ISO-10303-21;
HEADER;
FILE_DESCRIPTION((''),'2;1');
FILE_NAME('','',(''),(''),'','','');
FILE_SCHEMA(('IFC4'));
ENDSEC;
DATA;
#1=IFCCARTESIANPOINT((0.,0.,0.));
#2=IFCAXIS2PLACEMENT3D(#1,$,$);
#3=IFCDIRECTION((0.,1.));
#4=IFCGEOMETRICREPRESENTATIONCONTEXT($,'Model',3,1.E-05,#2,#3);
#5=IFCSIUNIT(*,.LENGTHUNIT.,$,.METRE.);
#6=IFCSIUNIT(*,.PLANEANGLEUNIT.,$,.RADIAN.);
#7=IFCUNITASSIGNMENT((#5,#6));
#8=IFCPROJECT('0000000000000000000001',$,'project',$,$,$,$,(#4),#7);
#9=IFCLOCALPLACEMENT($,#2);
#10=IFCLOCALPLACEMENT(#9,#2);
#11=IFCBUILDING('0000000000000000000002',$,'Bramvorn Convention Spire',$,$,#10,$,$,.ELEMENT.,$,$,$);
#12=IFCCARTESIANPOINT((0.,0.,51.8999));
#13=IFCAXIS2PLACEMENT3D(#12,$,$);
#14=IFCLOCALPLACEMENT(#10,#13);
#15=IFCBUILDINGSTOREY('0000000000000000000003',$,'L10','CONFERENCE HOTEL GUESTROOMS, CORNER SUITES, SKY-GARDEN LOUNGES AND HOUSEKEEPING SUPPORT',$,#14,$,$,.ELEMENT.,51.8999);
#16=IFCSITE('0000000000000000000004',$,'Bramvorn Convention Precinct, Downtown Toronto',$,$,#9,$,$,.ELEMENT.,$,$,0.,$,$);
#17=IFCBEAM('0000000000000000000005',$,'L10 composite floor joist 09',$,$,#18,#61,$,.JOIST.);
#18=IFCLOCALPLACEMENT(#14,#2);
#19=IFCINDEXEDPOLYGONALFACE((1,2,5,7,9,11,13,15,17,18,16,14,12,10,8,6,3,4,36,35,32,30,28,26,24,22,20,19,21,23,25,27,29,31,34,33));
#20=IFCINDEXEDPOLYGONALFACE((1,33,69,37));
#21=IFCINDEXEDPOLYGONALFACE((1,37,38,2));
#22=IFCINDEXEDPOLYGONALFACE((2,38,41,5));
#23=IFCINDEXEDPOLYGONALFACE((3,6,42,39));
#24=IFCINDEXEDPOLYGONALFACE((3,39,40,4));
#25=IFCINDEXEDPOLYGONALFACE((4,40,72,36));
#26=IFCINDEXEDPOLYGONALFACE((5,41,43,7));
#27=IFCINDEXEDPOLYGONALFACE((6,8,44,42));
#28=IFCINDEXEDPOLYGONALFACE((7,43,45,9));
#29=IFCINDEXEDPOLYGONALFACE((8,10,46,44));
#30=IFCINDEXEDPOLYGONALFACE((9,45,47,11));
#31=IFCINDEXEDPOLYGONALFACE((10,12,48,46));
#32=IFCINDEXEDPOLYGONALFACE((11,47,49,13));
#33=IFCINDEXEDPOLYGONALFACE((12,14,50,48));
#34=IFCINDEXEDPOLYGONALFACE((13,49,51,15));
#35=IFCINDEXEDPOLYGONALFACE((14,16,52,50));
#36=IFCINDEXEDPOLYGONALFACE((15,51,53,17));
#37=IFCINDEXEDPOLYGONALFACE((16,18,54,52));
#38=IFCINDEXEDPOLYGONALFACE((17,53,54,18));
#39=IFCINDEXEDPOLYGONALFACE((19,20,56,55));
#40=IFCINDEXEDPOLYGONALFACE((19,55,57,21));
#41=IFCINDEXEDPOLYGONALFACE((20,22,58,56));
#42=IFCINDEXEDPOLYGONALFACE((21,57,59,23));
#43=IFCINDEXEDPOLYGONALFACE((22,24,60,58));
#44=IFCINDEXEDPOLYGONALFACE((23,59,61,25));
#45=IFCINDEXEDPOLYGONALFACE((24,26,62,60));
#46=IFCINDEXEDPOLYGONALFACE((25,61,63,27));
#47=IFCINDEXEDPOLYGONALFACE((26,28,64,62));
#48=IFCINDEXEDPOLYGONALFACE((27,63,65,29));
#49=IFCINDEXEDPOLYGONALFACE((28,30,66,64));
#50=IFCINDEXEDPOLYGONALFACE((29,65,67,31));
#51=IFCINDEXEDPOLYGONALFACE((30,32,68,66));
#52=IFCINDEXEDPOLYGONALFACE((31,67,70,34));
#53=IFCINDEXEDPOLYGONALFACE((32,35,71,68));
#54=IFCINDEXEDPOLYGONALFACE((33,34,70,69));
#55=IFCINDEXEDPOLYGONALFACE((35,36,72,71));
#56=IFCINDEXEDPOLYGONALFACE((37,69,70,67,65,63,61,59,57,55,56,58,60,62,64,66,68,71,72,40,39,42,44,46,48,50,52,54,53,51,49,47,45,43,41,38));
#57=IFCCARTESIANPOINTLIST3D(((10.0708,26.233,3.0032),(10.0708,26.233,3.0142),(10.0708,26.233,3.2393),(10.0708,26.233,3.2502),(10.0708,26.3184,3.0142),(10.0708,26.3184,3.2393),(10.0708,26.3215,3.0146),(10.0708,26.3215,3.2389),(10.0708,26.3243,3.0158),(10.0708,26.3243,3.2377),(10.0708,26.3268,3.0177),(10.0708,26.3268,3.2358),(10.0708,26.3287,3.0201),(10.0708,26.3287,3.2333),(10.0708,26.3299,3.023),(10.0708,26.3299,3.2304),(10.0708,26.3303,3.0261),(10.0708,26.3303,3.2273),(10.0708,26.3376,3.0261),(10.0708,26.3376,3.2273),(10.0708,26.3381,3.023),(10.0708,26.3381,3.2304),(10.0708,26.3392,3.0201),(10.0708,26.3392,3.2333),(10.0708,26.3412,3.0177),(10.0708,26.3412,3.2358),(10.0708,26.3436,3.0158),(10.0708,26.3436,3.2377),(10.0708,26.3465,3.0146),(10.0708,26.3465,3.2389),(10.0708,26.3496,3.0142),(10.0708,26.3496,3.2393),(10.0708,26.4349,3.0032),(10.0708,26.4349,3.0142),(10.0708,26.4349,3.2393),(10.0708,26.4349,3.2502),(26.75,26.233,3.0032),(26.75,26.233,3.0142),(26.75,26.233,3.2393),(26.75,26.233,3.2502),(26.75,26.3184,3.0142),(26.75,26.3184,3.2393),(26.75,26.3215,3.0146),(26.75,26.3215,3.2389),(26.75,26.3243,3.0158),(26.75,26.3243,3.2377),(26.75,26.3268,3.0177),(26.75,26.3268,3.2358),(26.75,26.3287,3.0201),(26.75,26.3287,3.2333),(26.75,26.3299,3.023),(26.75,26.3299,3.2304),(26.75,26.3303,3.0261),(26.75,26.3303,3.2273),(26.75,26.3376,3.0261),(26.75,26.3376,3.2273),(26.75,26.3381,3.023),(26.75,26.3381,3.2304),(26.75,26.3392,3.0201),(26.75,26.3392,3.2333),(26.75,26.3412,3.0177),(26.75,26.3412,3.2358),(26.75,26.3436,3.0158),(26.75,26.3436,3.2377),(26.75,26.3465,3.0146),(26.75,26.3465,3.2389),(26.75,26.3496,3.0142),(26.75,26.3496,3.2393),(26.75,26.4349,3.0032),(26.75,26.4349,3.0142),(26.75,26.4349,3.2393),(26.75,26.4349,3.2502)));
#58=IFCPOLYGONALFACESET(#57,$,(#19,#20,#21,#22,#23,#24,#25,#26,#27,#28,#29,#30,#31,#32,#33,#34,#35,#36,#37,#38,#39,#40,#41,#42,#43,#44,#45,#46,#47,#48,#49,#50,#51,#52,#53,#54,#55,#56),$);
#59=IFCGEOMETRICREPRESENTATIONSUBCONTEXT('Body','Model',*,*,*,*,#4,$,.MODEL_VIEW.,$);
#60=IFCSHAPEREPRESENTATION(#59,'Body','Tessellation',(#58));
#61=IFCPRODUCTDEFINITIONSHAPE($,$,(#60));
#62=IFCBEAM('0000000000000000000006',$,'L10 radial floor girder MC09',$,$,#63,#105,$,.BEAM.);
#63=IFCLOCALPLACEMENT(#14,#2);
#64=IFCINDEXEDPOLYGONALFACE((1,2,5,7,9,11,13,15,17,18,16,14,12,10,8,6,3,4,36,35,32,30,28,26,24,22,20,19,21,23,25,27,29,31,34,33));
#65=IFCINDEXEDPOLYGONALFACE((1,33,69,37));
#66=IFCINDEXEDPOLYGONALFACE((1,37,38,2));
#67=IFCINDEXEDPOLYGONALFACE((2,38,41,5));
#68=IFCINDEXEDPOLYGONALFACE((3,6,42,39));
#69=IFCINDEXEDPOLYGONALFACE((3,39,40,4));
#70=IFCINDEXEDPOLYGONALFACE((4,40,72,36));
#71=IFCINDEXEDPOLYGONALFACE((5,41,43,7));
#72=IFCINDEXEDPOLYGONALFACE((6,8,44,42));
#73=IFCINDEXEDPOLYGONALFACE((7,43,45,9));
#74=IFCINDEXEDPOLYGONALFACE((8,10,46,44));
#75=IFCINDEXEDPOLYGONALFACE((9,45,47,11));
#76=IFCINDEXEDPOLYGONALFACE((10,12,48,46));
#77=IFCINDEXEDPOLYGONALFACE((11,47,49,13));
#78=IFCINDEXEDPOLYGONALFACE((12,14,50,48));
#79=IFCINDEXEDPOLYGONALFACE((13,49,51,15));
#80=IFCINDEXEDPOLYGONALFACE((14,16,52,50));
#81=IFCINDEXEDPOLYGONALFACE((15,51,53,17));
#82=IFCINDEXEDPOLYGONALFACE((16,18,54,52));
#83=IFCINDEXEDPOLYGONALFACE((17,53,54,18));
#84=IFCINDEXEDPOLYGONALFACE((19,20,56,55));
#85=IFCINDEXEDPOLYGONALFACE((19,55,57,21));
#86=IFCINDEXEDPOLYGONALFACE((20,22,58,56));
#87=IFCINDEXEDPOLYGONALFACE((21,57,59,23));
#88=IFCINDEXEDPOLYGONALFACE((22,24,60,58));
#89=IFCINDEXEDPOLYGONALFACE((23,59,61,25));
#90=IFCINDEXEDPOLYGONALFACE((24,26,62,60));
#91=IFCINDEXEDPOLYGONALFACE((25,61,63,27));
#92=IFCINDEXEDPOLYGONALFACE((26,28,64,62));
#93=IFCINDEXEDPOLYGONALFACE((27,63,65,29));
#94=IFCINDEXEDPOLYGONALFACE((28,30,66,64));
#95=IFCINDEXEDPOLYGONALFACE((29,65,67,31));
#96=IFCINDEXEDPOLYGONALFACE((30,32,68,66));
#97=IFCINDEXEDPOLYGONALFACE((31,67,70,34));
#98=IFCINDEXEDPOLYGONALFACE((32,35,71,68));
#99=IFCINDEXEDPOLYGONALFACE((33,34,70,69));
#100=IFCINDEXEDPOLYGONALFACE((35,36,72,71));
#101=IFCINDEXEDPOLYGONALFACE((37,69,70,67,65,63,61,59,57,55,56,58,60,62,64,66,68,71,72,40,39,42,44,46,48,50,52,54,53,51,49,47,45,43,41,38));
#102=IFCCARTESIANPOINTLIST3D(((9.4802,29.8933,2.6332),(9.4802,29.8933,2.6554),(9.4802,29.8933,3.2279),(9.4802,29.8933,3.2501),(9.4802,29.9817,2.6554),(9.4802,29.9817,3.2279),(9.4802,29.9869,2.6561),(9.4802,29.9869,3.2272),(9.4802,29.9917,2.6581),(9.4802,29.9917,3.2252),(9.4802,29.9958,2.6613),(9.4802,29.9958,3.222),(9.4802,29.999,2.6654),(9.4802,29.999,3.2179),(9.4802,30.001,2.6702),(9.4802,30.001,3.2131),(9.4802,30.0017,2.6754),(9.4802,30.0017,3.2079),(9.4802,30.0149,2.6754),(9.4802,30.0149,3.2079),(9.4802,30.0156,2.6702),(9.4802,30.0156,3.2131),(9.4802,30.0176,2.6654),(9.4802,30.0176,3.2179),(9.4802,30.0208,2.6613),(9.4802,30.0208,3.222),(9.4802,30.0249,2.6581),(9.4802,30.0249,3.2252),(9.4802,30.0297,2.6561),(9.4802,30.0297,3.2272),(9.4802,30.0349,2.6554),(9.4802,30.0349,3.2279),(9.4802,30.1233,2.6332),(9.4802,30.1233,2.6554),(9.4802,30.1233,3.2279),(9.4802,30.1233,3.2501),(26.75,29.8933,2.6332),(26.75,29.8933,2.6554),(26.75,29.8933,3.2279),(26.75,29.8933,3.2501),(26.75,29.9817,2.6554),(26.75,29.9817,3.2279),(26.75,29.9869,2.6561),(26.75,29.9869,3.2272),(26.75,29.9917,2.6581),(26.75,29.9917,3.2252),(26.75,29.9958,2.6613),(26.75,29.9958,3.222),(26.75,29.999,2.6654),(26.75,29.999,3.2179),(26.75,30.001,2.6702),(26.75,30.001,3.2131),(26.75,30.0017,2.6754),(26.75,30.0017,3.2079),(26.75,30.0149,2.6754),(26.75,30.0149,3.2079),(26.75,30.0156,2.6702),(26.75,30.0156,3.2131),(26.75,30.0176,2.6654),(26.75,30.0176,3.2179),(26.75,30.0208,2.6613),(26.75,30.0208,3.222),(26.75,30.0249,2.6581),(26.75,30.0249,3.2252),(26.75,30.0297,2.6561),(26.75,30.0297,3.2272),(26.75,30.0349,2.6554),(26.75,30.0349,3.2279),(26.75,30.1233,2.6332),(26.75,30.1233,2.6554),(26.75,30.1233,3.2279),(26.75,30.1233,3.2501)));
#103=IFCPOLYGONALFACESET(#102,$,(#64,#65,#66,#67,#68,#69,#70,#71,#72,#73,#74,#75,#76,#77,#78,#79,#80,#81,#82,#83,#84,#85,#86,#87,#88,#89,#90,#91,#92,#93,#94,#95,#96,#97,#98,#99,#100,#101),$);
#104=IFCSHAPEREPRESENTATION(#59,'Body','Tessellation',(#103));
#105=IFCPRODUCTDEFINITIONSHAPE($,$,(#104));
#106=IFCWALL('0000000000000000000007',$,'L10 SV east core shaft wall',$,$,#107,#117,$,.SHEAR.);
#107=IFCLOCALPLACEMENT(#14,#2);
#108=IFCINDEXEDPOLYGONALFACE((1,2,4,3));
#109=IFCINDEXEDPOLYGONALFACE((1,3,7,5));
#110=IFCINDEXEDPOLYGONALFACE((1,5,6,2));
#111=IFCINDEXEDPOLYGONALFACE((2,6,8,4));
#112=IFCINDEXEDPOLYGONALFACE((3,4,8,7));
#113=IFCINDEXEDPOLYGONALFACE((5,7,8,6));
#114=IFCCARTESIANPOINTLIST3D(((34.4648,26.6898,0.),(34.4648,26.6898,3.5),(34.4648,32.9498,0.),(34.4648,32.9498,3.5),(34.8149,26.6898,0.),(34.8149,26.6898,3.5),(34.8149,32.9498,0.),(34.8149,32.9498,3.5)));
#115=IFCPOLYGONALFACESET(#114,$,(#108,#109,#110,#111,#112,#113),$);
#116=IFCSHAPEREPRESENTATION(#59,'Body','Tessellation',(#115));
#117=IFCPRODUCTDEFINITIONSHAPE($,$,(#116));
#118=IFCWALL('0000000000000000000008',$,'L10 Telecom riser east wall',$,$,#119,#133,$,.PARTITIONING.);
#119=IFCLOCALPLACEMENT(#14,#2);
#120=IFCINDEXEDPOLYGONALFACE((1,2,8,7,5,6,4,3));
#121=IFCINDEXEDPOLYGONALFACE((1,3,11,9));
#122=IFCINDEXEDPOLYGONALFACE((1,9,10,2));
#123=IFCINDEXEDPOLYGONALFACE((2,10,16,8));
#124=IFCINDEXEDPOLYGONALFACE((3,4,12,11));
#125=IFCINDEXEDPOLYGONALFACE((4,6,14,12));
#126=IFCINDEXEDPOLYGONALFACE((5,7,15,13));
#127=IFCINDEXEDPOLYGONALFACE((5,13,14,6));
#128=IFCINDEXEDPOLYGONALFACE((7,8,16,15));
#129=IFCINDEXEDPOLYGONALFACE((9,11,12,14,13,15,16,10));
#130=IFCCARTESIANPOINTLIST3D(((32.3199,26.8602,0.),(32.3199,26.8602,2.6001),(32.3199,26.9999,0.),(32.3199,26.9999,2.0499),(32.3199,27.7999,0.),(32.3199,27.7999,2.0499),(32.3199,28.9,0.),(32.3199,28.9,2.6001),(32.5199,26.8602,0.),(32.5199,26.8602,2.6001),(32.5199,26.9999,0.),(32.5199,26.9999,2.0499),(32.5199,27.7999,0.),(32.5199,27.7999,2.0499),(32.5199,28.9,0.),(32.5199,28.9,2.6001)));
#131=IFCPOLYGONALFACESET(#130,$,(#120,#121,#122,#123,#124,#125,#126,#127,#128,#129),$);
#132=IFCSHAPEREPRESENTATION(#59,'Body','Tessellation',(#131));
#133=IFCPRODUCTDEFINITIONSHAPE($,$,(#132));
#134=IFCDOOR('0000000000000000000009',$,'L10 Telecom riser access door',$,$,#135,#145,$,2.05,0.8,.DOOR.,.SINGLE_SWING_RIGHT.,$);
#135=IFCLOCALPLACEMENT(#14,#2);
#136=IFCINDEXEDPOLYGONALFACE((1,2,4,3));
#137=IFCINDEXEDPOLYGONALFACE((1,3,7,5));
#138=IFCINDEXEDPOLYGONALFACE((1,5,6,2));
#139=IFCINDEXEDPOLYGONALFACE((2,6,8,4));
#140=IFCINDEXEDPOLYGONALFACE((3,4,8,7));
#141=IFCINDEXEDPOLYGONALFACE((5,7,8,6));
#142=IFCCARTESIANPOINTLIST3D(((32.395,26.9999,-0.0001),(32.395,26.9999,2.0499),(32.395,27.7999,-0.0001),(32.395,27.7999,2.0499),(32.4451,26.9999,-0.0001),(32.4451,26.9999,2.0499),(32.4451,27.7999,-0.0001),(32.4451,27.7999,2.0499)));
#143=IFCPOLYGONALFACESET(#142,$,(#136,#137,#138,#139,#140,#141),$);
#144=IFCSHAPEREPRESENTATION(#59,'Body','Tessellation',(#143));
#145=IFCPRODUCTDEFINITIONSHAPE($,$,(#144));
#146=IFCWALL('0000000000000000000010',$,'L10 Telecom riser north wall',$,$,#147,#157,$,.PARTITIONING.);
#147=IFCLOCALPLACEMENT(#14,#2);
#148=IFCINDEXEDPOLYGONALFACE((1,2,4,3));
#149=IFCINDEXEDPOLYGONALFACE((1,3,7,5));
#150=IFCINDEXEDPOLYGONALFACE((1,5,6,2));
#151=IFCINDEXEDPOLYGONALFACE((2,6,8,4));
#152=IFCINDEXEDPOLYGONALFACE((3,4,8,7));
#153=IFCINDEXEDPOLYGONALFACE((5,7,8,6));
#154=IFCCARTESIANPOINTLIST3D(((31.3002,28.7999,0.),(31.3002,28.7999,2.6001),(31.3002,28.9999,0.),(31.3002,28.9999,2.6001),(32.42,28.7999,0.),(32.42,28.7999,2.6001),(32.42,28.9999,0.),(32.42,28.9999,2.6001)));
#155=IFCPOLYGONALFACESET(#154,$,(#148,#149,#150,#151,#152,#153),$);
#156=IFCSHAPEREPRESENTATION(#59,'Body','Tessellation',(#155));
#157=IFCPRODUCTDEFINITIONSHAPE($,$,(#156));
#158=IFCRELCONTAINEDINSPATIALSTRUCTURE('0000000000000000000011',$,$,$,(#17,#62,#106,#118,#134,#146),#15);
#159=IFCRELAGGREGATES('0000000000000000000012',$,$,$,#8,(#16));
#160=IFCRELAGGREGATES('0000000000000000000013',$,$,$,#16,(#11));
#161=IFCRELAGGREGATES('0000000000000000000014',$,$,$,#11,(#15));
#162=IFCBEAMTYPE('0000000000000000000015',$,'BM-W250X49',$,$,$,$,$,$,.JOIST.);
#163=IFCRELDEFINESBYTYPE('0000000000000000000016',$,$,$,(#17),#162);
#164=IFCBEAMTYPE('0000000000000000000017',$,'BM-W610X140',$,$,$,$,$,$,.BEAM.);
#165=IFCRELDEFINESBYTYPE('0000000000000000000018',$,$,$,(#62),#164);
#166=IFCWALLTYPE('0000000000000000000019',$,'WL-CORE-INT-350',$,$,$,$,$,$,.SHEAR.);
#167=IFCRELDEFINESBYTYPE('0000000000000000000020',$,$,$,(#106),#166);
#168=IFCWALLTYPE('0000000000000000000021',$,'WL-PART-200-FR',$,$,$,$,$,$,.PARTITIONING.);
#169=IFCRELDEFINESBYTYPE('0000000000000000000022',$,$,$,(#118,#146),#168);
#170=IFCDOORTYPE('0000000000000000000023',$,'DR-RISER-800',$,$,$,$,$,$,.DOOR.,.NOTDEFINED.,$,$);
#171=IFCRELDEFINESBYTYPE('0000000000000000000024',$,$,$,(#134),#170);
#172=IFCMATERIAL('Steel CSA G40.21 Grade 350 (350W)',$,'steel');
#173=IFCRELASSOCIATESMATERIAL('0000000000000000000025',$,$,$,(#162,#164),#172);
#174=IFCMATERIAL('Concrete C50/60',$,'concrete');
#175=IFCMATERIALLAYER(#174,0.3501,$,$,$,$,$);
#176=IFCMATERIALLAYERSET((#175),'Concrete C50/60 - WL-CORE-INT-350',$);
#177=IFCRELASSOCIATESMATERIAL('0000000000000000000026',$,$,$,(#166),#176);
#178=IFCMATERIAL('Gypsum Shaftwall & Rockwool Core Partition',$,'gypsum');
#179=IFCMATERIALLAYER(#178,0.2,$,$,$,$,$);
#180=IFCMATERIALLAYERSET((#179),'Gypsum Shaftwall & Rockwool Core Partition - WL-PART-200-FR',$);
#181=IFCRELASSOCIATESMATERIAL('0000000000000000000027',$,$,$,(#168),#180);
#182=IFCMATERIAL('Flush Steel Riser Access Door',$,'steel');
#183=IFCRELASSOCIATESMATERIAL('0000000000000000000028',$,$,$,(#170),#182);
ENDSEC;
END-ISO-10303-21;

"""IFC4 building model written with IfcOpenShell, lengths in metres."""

from ifc_helpers import new_model, si_unit, direction, frame, frame_2d, origin, origin_2d, place, context, subcontext, project, spatial, rectangle, i_section, extrude, material, layer, layer_set, material_profile, profile_set, type_object, element, fill, save


model = new_model("IFC4")

# Units and contexts
model_context = context("Model", 3, precision=1e-05, world=origin(), true_north=direction((0.0, 1.0)))
body_context = subcontext(model_context, "Body", "Model", "MODEL_VIEW")
ifc_project = project(units=[si_unit("LENGTHUNIT", "METRE"), si_unit("PLANEANGLEUNIT", "RADIAN")], contexts=[model_context])

# Site, building, storey
site_placement = place(None, origin())
site = spatial("IfcSite", under=ifc_project, at=site_placement, Name="Bramvorn Convention Precinct, Downtown Toronto", CompositionType="ELEMENT", RefElevation=0.0)
building_placement = place(site_placement, origin())
building = spatial("IfcBuilding", under=site, at=building_placement, Name="Bramvorn Convention Spire", CompositionType="ELEMENT")
storey_placement = place(building_placement, frame((0.0, 0.0, 51.8999)))
storey = spatial("IfcBuildingStorey", under=building, at=storey_placement, Name="L10", Description="CONFERENCE HOTEL GUESTROOMS, CORNER SUITES, SKY-GARDEN LOUNGES AND HOUSEKEEPING SUPPORT", CompositionType="ELEMENT", Elevation=51.8999)

# Beams
ifc_material_1 = material(Name="Steel CSA G40.21 Grade 350 (350W)", Category="steel")
ifc_material_profile_1 = material_profile(ifc_material_1, i_section(OverallWidth=0.2019, OverallDepth=0.2471, WebThickness=0.0073, FlangeThickness=0.011, FilletRadius=0.012, at=origin_2d()))
ifc_profile_set_1 = profile_set([ifc_material_profile_1], Name="Steel CSA G40.21 Grade 350 (350W) - W250X49")
beam_type_1 = type_object("IfcBeamType", Name="BM-W250X49", PredefinedType="JOIST", material=ifc_profile_set_1)
beam_1_placement = place(storey_placement, frame((26.75, 26.334, 3.1267), z_axis=(-1.0, 0.0, 0.0), x_axis=(0.0, -1.0, 0.0)))
element("IfcBeam", 1, at=beam_1_placement, inside=storey, type_object=beam_type_1, Name="L10 composite floor joist 09", PredefinedType="JOIST", context=body_context, shape_type="SweptSolid", body=[
    extrude(i_section(OverallWidth=0.2019, OverallDepth=0.2471, WebThickness=0.0073, FlangeThickness=0.011, FilletRadius=0.012, at=origin_2d()), origin(), (0.0, 0.0, 1.0), 16.6792),
])
ifc_material_profile_2 = material_profile(ifc_material_1, i_section(OverallWidth=0.23, OverallDepth=0.6169, WebThickness=0.0132, FlangeThickness=0.0222, FilletRadius=0.02, at=origin_2d()))
ifc_profile_set_2 = profile_set([ifc_material_profile_2], Name="Steel CSA G40.21 Grade 350 (350W) - W610X140")
beam_type_2 = type_object("IfcBeamType", Name="BM-W610X140", PredefinedType="BEAM", material=ifc_profile_set_2)
beam_2_placement = place(storey_placement, frame((26.75, 30.0083, 2.9417), z_axis=(-1.0, 0.0, 0.0), x_axis=(0.0, -1.0, 0.0)))
element("IfcBeam", 2, at=beam_2_placement, inside=storey, type_object=beam_type_2, Name="L10 radial floor girder MC09", PredefinedType="BEAM", context=body_context, shape_type="SweptSolid", body=[
    extrude(i_section(OverallWidth=0.23, OverallDepth=0.6169, WebThickness=0.0132, FlangeThickness=0.0222, FilletRadius=0.02, at=origin_2d()), origin(), (0.0, 0.0, 1.0), 17.2698),
])

# Wall
ifc_material_2 = material(Name="Concrete C50/60", Category="concrete")
ifc_layer_1 = layer(ifc_material_2, 0.3501)
ifc_layer_set_1 = layer_set([ifc_layer_1], Name="Concrete C50/60 - WL-CORE-INT-350")
wall_type_1 = type_object("IfcWallType", Name="WL-CORE-INT-350", PredefinedType="SHEAR", material=ifc_layer_set_1)
wall_1_placement = place(storey_placement, frame((34.6399, 26.6899, 0.0), z_axis=(0.0, 0.0, 1.0), x_axis=(0.0, 1.0, 0.0)))
element("IfcWall", 3, at=wall_1_placement, inside=storey, type_object=wall_type_1, Name="L10 SV east core shaft wall", PredefinedType="SHEAR", context=body_context, shape_type="SweptSolid", body=[
    extrude(rectangle(XDim=6.26, YDim=0.3501, at=frame_2d((3.1299, 0.0))), origin(), (0.0, 0.0, 1.0), 3.5),
])

# Wall, opening, door
ifc_material_3 = material(Name="Gypsum Shaftwall & Rockwool Core Partition", Category="gypsum")
ifc_layer_2 = layer(ifc_material_3, 0.2)
ifc_layer_set_2 = layer_set([ifc_layer_2], Name="Gypsum Shaftwall & Rockwool Core Partition - WL-PART-200-FR")
wall_type_2 = type_object("IfcWallType", Name="WL-PART-200-FR", PredefinedType="PARTITIONING", material=ifc_layer_set_2)
wall_2_placement = place(storey_placement, frame((32.4199, 26.8601, 0.0), z_axis=(0.0, 0.0, 1.0), x_axis=(0.0, 1.0, 0.0)))
wall_2 = element("IfcWall", 4, at=wall_2_placement, inside=storey, type_object=wall_type_2, Name="L10 Telecom riser east wall", PredefinedType="PARTITIONING", context=body_context, shape_type="SweptSolid", body=[
    extrude(rectangle(XDim=2.0398, YDim=0.2, at=frame_2d((1.02, 0.0))), origin(), (0.0, 0.0, 1.0), 2.6001),
])
opening_1_placement = place(wall_2_placement, frame((0.1399, 0.0, 0.0)))
opening_1 = element("IfcOpeningElement", 5, at=opening_1_placement, cuts=wall_2, PredefinedType="OPENING", context=body_context, shape_type="SweptSolid", body=[
    extrude(rectangle(XDim=0.8, YDim=2.05, at=frame_2d((0.3999, 1.0249))), frame((0.0, 0.1099, 0.0), z_axis=(0.0, -1.0, 0.0), x_axis=(1.0, 0.0, 0.0)), (0.0, 0.0, 1.0), 0.22),
])
ifc_material_4 = material(Name="Flush Steel Riser Access Door", Category="steel")
door_type_1 = type_object("IfcDoorType", Name="DR-RISER-800", OperationType="NOTDEFINED", PredefinedType="DOOR", material=ifc_material_4)
door_1_placement = place(opening_1_placement, origin())
door_1 = element("IfcDoor", 6, at=door_1_placement, inside=storey, type_object=door_type_1, Name="L10 Telecom riser access door", OperationType="SINGLE_SWING_RIGHT", OverallHeight=2.05, OverallWidth=0.8, PredefinedType="DOOR", context=body_context, shape_type="SweptSolid", body=[
    extrude(rectangle(XDim=0.8, YDim=2.05, at=frame_2d((0.3999, 1.0249))), frame((0.0, 0.0249, 0.0), z_axis=(0.0, -1.0, 0.0), x_axis=(1.0, 0.0, 0.0)), (0.0, 0.0, 1.0), 0.05),
])
fill(opening_1, door_1)

# Wall
wall_3_placement = place(storey_placement, frame((31.3, 28.8999, 0.0), z_axis=(0.0, 0.0, 1.0), x_axis=(1.0, 0.0, 0.0)))
element("IfcWall", 7, at=wall_3_placement, inside=storey, type_object=wall_type_2, Name="L10 Telecom riser north wall", PredefinedType="PARTITIONING", context=body_context, shape_type="SweptSolid", body=[
    extrude(rectangle(XDim=1.1199, YDim=0.2, at=frame_2d((0.5601, 0.0))), origin(), (0.0, 0.0, 1.0), 2.6001),
])

save(model, "model.ifc")
